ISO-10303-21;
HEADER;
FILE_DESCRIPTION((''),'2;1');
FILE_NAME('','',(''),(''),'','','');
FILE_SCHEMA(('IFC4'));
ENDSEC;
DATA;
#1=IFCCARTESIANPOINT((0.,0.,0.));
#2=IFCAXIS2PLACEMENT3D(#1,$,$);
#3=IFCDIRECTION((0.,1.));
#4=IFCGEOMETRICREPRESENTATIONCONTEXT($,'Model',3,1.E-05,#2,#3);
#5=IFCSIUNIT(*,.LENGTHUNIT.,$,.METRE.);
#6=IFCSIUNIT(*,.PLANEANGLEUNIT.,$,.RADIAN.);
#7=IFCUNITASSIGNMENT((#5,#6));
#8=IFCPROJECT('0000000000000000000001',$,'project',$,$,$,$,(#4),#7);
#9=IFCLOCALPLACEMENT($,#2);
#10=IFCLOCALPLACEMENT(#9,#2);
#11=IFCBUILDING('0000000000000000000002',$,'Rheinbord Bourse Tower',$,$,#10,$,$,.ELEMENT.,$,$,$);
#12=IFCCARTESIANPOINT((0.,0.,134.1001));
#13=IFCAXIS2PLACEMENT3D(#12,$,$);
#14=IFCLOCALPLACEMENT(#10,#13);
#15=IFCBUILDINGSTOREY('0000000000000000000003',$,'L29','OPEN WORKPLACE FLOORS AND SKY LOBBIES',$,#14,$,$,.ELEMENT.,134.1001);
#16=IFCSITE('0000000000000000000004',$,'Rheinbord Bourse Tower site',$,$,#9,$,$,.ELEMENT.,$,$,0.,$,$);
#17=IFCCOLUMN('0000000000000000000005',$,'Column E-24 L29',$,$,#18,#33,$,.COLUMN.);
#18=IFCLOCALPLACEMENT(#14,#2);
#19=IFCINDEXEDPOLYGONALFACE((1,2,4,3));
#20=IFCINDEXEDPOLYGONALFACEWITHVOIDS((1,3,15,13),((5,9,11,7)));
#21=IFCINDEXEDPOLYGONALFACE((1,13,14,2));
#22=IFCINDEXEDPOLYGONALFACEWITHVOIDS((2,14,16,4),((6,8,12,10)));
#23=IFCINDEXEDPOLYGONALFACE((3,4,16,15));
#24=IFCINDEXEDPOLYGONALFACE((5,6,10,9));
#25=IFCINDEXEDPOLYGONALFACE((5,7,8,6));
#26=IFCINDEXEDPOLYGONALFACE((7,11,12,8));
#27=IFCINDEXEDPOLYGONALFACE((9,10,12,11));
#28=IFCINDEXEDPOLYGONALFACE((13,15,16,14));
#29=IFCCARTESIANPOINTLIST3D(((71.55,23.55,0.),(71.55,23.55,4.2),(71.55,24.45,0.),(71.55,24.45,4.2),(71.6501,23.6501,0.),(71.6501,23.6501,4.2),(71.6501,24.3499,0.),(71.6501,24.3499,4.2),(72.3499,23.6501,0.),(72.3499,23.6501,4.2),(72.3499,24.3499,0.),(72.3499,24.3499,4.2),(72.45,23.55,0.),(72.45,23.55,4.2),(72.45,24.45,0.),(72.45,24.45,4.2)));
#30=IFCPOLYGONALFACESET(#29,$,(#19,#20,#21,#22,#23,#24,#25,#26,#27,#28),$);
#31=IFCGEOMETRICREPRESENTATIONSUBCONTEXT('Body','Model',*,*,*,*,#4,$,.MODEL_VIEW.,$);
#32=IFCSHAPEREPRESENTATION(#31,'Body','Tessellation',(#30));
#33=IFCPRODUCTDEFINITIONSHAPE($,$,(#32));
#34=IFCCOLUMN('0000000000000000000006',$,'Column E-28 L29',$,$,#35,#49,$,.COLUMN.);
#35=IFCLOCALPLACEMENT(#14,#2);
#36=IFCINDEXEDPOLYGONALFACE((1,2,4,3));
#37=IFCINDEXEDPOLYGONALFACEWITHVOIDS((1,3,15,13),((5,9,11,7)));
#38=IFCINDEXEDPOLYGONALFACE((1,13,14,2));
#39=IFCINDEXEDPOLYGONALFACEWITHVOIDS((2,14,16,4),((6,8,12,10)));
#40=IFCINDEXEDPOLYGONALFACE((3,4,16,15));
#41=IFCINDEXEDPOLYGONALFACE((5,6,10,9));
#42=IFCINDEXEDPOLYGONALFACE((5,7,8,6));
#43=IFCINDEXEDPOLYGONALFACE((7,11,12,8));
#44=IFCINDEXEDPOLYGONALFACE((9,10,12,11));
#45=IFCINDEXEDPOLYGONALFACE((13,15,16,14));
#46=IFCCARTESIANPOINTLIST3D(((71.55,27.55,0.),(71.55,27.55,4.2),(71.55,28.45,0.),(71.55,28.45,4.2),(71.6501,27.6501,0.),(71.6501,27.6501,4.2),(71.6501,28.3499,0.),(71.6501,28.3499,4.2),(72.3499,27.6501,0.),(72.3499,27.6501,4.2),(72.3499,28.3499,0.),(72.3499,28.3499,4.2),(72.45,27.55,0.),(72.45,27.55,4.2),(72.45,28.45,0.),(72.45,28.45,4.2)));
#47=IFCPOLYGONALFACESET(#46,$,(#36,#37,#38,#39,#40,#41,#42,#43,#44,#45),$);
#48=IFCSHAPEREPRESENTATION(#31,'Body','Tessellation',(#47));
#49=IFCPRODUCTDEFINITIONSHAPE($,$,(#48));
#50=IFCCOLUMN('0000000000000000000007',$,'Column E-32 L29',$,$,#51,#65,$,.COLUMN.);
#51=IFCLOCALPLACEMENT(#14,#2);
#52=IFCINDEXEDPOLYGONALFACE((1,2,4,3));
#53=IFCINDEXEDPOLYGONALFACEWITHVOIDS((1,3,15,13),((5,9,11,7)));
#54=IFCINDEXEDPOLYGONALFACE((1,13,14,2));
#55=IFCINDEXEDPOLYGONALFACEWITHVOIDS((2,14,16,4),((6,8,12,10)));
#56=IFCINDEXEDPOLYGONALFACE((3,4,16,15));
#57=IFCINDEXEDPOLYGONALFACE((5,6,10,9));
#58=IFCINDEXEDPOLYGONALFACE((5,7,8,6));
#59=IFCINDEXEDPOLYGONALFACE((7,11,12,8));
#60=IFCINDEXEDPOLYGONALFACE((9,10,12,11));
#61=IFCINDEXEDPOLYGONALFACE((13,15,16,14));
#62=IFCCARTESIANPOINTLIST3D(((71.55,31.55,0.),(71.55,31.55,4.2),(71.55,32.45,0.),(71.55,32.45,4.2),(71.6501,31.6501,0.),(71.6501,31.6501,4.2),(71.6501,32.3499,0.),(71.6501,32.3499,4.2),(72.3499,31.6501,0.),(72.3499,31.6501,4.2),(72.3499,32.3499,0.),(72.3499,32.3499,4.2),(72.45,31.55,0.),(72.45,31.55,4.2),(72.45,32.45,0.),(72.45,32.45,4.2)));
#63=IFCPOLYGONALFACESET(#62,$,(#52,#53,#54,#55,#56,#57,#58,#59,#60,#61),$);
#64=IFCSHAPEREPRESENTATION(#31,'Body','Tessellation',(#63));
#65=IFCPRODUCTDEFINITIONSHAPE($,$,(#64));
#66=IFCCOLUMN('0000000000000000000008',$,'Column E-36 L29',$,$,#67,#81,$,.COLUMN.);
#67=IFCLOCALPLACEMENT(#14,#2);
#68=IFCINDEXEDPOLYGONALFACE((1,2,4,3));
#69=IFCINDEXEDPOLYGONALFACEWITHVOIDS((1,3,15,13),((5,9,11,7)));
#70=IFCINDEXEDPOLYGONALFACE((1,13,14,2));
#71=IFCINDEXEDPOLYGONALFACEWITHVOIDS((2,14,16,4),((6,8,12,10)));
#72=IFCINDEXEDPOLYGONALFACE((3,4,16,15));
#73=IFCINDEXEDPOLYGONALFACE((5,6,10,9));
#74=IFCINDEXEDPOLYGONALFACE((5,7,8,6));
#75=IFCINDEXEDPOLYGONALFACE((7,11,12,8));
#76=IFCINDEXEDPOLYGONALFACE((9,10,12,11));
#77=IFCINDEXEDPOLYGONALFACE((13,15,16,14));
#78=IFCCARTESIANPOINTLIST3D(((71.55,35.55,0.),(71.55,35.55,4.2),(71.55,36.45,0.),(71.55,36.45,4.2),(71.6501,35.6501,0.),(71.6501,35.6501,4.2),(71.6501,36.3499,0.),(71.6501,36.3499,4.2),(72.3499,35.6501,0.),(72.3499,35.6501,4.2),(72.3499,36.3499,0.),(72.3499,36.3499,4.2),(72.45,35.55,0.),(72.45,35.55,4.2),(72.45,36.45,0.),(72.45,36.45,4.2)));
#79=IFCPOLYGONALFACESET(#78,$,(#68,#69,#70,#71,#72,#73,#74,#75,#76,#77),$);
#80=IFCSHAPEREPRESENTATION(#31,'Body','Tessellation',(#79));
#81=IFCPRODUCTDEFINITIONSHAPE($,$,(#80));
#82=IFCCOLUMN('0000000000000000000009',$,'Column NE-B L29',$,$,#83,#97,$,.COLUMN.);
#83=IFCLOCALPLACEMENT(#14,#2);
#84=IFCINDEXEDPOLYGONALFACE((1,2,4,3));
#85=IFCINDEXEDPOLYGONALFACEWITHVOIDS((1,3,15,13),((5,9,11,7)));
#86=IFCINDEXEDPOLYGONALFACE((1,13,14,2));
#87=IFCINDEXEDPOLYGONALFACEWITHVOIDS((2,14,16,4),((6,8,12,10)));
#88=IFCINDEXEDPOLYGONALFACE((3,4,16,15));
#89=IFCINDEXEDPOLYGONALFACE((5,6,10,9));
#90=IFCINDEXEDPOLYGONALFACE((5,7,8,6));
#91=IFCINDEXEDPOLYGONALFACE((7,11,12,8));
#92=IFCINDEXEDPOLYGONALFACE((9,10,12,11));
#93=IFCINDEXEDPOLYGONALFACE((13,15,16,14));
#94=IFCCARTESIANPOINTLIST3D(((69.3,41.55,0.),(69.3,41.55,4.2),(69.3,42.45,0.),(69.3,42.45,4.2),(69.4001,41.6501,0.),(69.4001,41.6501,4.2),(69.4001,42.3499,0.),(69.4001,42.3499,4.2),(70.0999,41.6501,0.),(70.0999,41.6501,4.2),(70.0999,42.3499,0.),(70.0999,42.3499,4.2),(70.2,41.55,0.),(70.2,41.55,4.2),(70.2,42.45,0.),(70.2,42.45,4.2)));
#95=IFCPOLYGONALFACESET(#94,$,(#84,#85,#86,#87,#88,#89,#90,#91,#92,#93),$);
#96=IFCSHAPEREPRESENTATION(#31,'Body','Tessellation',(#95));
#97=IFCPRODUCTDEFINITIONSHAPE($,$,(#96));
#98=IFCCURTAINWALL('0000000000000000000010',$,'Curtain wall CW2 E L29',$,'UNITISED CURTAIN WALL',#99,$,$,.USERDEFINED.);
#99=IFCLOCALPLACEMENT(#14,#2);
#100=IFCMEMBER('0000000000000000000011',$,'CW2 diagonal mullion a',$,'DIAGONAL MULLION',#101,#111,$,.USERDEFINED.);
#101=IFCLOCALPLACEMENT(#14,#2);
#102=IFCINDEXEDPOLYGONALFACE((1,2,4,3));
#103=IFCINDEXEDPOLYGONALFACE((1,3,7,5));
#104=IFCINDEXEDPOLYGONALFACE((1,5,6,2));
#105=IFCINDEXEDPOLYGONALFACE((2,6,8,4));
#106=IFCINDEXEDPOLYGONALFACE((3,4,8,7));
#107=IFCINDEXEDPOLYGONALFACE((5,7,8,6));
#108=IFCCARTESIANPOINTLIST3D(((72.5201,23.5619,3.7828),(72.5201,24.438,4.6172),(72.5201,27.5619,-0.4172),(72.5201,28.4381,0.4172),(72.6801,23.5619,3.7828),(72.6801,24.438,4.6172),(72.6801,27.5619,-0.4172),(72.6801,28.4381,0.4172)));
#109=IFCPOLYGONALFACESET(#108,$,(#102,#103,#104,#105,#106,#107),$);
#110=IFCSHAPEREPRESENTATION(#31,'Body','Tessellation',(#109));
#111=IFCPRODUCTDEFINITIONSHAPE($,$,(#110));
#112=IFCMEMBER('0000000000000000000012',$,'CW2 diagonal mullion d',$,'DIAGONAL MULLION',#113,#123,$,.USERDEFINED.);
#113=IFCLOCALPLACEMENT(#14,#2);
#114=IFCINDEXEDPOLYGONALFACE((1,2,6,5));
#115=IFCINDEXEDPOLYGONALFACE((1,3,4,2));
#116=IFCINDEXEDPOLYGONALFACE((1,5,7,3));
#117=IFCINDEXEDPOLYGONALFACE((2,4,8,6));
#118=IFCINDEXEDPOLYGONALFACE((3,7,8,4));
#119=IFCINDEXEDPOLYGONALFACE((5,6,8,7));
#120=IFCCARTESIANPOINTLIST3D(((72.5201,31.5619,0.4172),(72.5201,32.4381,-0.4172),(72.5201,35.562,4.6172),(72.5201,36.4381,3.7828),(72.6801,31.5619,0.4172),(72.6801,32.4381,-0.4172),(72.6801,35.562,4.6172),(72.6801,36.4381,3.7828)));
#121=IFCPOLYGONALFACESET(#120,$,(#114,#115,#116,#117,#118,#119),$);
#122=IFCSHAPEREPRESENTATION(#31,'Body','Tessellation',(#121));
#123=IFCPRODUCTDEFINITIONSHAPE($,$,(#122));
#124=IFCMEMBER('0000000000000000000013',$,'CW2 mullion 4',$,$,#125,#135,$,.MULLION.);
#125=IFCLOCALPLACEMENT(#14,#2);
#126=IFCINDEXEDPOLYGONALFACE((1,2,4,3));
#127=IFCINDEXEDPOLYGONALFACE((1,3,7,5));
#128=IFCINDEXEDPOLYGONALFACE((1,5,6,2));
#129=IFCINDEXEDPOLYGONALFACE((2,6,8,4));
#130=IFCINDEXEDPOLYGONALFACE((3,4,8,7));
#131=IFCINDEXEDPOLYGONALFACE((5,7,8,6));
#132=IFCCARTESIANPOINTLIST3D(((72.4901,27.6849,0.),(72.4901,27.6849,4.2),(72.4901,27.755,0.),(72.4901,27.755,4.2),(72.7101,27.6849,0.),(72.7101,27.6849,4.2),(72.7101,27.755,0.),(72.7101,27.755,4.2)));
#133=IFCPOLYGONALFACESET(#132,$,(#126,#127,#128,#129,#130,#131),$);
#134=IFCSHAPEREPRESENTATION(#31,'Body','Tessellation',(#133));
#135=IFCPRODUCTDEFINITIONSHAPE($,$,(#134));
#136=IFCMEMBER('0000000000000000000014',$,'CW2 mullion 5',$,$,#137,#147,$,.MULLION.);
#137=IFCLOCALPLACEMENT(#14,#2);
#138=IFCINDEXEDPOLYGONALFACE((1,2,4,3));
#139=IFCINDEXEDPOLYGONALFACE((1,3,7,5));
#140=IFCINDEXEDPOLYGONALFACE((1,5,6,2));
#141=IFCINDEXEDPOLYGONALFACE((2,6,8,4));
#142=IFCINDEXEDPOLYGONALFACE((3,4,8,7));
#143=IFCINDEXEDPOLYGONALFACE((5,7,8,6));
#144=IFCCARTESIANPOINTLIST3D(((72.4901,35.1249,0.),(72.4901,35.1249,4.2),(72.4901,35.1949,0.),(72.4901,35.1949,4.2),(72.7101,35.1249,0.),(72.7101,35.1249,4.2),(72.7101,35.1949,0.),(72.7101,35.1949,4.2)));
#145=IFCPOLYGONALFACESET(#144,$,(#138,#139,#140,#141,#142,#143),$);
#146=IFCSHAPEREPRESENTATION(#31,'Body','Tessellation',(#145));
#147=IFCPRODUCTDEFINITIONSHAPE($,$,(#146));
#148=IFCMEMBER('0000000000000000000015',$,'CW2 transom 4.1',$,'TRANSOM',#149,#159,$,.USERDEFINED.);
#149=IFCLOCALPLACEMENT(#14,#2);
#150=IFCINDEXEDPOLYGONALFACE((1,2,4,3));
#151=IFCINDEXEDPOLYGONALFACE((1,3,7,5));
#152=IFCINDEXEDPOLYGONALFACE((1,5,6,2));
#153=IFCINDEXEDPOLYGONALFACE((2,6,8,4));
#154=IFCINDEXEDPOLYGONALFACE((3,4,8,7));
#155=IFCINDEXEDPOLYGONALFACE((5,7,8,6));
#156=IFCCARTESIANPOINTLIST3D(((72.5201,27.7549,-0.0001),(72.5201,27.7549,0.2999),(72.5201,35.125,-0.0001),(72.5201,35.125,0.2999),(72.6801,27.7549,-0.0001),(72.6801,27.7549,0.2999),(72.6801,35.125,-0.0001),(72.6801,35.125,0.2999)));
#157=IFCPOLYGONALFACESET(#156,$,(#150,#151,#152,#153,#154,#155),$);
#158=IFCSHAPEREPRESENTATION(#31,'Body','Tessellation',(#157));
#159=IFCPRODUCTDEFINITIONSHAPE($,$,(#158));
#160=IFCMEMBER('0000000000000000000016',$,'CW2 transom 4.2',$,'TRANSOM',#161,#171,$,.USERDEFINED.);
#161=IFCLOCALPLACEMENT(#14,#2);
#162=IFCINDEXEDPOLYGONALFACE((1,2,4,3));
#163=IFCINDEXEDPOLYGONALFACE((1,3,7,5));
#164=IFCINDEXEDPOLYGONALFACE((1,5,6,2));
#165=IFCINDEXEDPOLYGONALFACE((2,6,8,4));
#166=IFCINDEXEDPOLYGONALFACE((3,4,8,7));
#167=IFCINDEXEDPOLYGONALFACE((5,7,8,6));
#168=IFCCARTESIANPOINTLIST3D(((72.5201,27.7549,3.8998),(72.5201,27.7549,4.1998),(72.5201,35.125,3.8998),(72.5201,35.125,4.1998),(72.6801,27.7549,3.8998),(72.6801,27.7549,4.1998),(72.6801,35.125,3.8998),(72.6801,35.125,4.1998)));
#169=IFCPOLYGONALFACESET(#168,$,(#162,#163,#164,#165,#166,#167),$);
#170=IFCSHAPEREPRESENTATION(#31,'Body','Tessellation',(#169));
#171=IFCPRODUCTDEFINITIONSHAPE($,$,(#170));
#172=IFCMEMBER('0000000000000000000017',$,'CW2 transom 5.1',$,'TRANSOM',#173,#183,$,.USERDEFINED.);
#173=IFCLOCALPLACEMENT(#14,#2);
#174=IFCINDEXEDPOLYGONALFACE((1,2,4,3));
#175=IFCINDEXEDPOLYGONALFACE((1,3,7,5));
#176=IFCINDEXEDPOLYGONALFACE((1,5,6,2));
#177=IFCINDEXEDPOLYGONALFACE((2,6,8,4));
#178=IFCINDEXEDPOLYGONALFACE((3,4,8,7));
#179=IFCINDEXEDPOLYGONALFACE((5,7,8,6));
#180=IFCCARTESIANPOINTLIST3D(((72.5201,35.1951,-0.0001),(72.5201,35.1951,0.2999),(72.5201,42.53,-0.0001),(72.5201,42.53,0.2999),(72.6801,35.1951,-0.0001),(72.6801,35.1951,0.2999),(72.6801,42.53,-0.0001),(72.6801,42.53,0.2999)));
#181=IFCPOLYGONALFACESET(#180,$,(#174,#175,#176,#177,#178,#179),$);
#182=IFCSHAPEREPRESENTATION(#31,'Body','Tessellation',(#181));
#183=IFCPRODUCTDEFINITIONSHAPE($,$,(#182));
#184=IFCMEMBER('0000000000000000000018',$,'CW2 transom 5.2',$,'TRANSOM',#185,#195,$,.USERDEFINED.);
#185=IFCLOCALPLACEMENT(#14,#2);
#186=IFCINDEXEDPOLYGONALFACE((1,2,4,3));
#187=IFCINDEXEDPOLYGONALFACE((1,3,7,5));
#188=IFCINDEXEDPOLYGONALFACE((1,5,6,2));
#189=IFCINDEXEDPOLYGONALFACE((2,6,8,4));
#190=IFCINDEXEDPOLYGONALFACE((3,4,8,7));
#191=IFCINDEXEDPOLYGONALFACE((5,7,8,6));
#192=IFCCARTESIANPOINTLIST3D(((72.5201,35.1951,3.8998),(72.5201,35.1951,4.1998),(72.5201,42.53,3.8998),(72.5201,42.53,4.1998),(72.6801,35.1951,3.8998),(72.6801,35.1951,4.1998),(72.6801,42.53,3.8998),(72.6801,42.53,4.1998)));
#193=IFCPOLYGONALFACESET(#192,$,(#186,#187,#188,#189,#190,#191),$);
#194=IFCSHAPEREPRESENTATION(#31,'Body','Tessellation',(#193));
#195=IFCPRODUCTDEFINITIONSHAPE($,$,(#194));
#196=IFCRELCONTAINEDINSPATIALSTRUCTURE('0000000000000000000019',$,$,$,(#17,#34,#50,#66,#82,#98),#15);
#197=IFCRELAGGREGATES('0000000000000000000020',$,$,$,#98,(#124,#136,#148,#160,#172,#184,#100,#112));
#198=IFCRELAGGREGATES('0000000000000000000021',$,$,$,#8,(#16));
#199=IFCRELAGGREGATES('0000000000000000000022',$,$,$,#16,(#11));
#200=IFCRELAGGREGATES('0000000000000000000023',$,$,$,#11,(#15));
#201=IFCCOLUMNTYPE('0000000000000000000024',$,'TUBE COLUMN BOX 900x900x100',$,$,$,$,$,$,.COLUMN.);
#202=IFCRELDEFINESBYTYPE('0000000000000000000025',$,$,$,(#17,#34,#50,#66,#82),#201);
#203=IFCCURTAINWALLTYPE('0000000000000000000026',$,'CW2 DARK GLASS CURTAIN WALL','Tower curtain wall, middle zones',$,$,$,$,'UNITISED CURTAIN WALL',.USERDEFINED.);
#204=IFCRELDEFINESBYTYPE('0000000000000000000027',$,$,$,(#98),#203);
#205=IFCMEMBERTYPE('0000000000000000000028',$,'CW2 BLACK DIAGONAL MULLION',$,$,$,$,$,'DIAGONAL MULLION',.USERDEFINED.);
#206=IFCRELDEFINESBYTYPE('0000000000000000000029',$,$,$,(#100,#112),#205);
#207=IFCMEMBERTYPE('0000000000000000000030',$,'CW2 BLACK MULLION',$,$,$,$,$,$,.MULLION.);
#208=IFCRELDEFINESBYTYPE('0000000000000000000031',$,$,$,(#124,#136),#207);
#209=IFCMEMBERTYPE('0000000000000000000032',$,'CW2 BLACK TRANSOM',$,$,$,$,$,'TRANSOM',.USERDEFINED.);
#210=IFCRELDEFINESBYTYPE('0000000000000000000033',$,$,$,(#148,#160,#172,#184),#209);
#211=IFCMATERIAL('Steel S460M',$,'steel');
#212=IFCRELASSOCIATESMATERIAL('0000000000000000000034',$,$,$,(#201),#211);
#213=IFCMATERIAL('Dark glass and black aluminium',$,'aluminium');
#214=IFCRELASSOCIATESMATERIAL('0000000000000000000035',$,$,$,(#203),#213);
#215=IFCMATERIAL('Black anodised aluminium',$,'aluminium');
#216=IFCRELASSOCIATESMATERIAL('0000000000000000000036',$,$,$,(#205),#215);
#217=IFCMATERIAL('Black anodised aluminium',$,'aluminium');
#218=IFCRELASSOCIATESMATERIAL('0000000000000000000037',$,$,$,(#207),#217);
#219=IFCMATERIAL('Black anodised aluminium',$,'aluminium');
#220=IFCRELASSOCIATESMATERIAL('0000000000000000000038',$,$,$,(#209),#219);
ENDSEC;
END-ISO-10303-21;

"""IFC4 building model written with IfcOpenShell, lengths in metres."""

from ifc_helpers import new_model, si_unit, direction, frame, origin, origin_2d, place, context, subcontext, project, spatial, rectangle, hollow_rectangle, extrude, material, material_profile, profile_set, type_object, element, aggregate, save


model = new_model("IFC4")

# Units and contexts
model_context = context("Model", 3, precision=1e-05, world=origin(), true_north=direction((0.0, 1.0)))
body_context = subcontext(model_context, "Body", "Model", "MODEL_VIEW")
ifc_project = project(units=[si_unit("LENGTHUNIT", "METRE"), si_unit("PLANEANGLEUNIT", "RADIAN")], contexts=[model_context])

# Site, building, storey
site_placement = place(None, origin())
site = spatial("IfcSite", under=ifc_project, at=site_placement, Name="Rheinbord Bourse Tower site", CompositionType="ELEMENT", RefElevation=0.0)
building_placement = place(site_placement, origin())
building = spatial("IfcBuilding", under=site, at=building_placement, Name="Rheinbord Bourse Tower", CompositionType="ELEMENT")
storey_placement = place(building_placement, frame((0.0, 0.0, 134.1001)))
storey = spatial("IfcBuildingStorey", under=building, at=storey_placement, Name="L29", Description="OPEN WORKPLACE FLOORS AND SKY LOBBIES", CompositionType="ELEMENT", Elevation=134.1001)

# Columns
ifc_material_1 = material(Name="Steel S460M", Category="steel")
ifc_material_profile_1 = material_profile(ifc_material_1, hollow_rectangle(XDim=0.8999, YDim=0.8999, WallThickness=0.1001, at=origin_2d()), Name="BOX 900x900x100")
ifc_profile_set_1 = profile_set([ifc_material_profile_1], Name="Steel S460M")
column_type = type_object("IfcColumnType", Name="TUBE COLUMN BOX 900x900x100", PredefinedType="COLUMN", material=ifc_profile_set_1)
for number, where, z_axis, x_axis, name in (
    (1, (72.0, 24.0, 0.0), (0.0, 0.0, 1.0), (1.0, 0.0, 0.0), "Column E-24 L29"),
    (2, (72.0, 28.0, 0.0), (0.0, 0.0, 1.0), (1.0, 0.0, 0.0), "Column E-28 L29"),
    (3, (72.0, 32.0, 0.0), (0.0, 0.0, 1.0), (1.0, 0.0, 0.0), "Column E-32 L29"),
    (4, (72.0, 36.0, 0.0), (0.0, 0.0, 1.0), (1.0, 0.0, 0.0), "Column E-36 L29"),
    (5, (69.75, 42.0, 0.0), (0.0, 0.0, 1.0), (1.0, 0.0, 0.0), "Column NE-B L29"),
):
    element("IfcColumn", number, at=place(storey_placement, frame(where, z_axis=z_axis, x_axis=x_axis)), inside=storey, type_object=column_type, Name=name, PredefinedType="COLUMN", context=body_context, shape_type="SweptSolid", body=[
        extrude(hollow_rectangle(XDim=0.8999, YDim=0.8999, WallThickness=0.1001, at=origin_2d()), origin(), (0.0, 0.0, 1.0), 4.2),
    ])

# Curtain wall, members
ifc_material_2 = material(Name="Dark glass and black aluminium", Category="aluminium")
curtain_wall_type = type_object("IfcCurtainWallType", Name="CW2 DARK GLASS CURTAIN WALL", Description="Tower curtain wall, middle zones", ElementType="UNITISED CURTAIN WALL", PredefinedType="USERDEFINED", material=ifc_material_2)
curtain_wall_placement = place(storey_placement, origin())
curtain_wall = element("IfcCurtainWall", 6, at=curtain_wall_placement, inside=storey, type_object=curtain_wall_type, Name="Curtain wall CW2 E L29", ObjectType="UNITISED CURTAIN WALL", PredefinedType="USERDEFINED")
ifc_material_3 = material(Name="Black anodised aluminium", Category="aluminium")
ifc_material_profile_2 = material_profile(ifc_material_3, rectangle(XDim=0.1599, YDim=1.21, at=origin_2d()), Name="CW2 DIAGONAL MULLION 1210x160")
ifc_profile_set_2 = profile_set([ifc_material_profile_2], Name="Black anodised aluminium")
member_type_1 = type_object("IfcMemberType", Name="CW2 BLACK DIAGONAL MULLION", ElementType="DIAGONAL MULLION", PredefinedType="USERDEFINED", material=ifc_profile_set_2)
member_1_placement = place(storey_placement, frame((72.6001, 28.0, 0.0), z_axis=(0.0, -0.689659, 0.724134), x_axis=(1.0, 0.0, 0.0)))
member_1 = element("IfcMember", 7, at=member_1_placement, type_object=member_type_1, Name="CW2 diagonal mullion a", ObjectType="DIAGONAL MULLION", PredefinedType="USERDEFINED", context=body_context, shape_type="SweptSolid", body=[
    extrude(rectangle(XDim=0.1599, YDim=1.21, at=origin_2d()), origin(), (0.0, 0.0, 1.0), 5.8),
])
member_2_placement = place(storey_placement, frame((72.6001, 32.0, 0.0), z_axis=(0.0, 0.689659, 0.724134), x_axis=(-1.0, 0.0, 0.0)))
member_2 = element("IfcMember", 8, at=member_2_placement, type_object=member_type_1, Name="CW2 diagonal mullion d", ObjectType="DIAGONAL MULLION", PredefinedType="USERDEFINED", context=body_context, shape_type="SweptSolid", body=[
    extrude(rectangle(XDim=0.1599, YDim=1.21, at=origin_2d()), origin(), (0.0, 0.0, 1.0), 5.8),
])
ifc_material_4 = material(Name="Black anodised aluminium", Category="aluminium")
ifc_material_profile_3 = material_profile(ifc_material_4, rectangle(XDim=0.22, YDim=0.0701, at=origin_2d()), Name="CW2 MULLION 70x220")
ifc_profile_set_3 = profile_set([ifc_material_profile_3], Name="Black anodised aluminium")
member_type_2 = type_object("IfcMemberType", Name="CW2 BLACK MULLION", PredefinedType="MULLION", material=ifc_profile_set_3)
member_3_placement = place(storey_placement, frame((72.6001, 27.72, 0.0), z_axis=(0.0, 0.0, 1.0), x_axis=(-1.0, 0.0, 0.0)))
member_3 = element("IfcMember", 9, at=member_3_placement, type_object=member_type_2, Name="CW2 mullion 4", PredefinedType="MULLION", context=body_context, shape_type="SweptSolid", body=[
    extrude(rectangle(XDim=0.22, YDim=0.0701, at=origin_2d()), origin(), (0.0, 0.0, 1.0), 4.2),
])
member_4_placement = place(storey_placement, frame((72.6001, 35.1599, 0.0), z_axis=(0.0, 0.0, 1.0), x_axis=(-1.0, 0.0, 0.0)))
member_4 = element("IfcMember", 10, at=member_4_placement, type_object=member_type_2, Name="CW2 mullion 5", PredefinedType="MULLION", context=body_context, shape_type="SweptSolid", body=[
    extrude(rectangle(XDim=0.22, YDim=0.0701, at=origin_2d()), origin(), (0.0, 0.0, 1.0), 4.2),
])
ifc_material_5 = material(Name="Black anodised aluminium", Category="aluminium")
ifc_material_profile_4 = material_profile(ifc_material_5, rectangle(XDim=0.1599, YDim=0.3, at=origin_2d()), Name="CW2 TRANSOM 300x160")
ifc_profile_set_4 = profile_set([ifc_material_profile_4], Name="Black anodised aluminium")
member_type_3 = type_object("IfcMemberType", Name="CW2 BLACK TRANSOM", ElementType="TRANSOM", PredefinedType="USERDEFINED", material=ifc_profile_set_4)
member_5_placement = place(storey_placement, frame((72.6001, 27.7549, 0.1499), z_axis=(0.0, 1.0, 0.0), x_axis=(-1.0, 0.0, 0.0)))
member_5 = element("IfcMember", 11, at=member_5_placement, type_object=member_type_3, Name="CW2 transom 4.1", ObjectType="TRANSOM", PredefinedType="USERDEFINED", context=body_context, shape_type="SweptSolid", body=[
    extrude(rectangle(XDim=0.1599, YDim=0.3, at=origin_2d()), origin(), (0.0, 0.0, 1.0), 7.3701),
])
member_6_placement = place(storey_placement, frame((72.6001, 27.7549, 4.0498), z_axis=(0.0, 1.0, 0.0), x_axis=(-1.0, 0.0, 0.0)))
member_6 = element("IfcMember", 12, at=member_6_placement, type_object=member_type_3, Name="CW2 transom 4.2", ObjectType="TRANSOM", PredefinedType="USERDEFINED", context=body_context, shape_type="SweptSolid", body=[
    extrude(rectangle(XDim=0.1599, YDim=0.3, at=origin_2d()), origin(), (0.0, 0.0, 1.0), 7.3701),
])
member_7_placement = place(storey_placement, frame((72.6001, 35.1951, 0.1499), z_axis=(0.0, 1.0, 0.0), x_axis=(-1.0, 0.0, 0.0)))
member_7 = element("IfcMember", 13, at=member_7_placement, type_object=member_type_3, Name="CW2 transom 5.1", ObjectType="TRANSOM", PredefinedType="USERDEFINED", context=body_context, shape_type="SweptSolid", body=[
    extrude(rectangle(XDim=0.1599, YDim=0.3, at=origin_2d()), origin(), (0.0, 0.0, 1.0), 7.335),
])
member_8_placement = place(storey_placement, frame((72.6001, 35.1951, 4.0498), z_axis=(0.0, 1.0, 0.0), x_axis=(-1.0, 0.0, 0.0)))
member_8 = element("IfcMember", 14, at=member_8_placement, type_object=member_type_3, Name="CW2 transom 5.2", ObjectType="TRANSOM", PredefinedType="USERDEFINED", context=body_context, shape_type="SweptSolid", body=[
    extrude(rectangle(XDim=0.1599, YDim=0.3, at=origin_2d()), origin(), (0.0, 0.0, 1.0), 7.335),
])

aggregate(curtain_wall, [member_3, member_4, member_5, member_6, member_7, member_8, member_1, member_2])

save(model, "model.ifc")
